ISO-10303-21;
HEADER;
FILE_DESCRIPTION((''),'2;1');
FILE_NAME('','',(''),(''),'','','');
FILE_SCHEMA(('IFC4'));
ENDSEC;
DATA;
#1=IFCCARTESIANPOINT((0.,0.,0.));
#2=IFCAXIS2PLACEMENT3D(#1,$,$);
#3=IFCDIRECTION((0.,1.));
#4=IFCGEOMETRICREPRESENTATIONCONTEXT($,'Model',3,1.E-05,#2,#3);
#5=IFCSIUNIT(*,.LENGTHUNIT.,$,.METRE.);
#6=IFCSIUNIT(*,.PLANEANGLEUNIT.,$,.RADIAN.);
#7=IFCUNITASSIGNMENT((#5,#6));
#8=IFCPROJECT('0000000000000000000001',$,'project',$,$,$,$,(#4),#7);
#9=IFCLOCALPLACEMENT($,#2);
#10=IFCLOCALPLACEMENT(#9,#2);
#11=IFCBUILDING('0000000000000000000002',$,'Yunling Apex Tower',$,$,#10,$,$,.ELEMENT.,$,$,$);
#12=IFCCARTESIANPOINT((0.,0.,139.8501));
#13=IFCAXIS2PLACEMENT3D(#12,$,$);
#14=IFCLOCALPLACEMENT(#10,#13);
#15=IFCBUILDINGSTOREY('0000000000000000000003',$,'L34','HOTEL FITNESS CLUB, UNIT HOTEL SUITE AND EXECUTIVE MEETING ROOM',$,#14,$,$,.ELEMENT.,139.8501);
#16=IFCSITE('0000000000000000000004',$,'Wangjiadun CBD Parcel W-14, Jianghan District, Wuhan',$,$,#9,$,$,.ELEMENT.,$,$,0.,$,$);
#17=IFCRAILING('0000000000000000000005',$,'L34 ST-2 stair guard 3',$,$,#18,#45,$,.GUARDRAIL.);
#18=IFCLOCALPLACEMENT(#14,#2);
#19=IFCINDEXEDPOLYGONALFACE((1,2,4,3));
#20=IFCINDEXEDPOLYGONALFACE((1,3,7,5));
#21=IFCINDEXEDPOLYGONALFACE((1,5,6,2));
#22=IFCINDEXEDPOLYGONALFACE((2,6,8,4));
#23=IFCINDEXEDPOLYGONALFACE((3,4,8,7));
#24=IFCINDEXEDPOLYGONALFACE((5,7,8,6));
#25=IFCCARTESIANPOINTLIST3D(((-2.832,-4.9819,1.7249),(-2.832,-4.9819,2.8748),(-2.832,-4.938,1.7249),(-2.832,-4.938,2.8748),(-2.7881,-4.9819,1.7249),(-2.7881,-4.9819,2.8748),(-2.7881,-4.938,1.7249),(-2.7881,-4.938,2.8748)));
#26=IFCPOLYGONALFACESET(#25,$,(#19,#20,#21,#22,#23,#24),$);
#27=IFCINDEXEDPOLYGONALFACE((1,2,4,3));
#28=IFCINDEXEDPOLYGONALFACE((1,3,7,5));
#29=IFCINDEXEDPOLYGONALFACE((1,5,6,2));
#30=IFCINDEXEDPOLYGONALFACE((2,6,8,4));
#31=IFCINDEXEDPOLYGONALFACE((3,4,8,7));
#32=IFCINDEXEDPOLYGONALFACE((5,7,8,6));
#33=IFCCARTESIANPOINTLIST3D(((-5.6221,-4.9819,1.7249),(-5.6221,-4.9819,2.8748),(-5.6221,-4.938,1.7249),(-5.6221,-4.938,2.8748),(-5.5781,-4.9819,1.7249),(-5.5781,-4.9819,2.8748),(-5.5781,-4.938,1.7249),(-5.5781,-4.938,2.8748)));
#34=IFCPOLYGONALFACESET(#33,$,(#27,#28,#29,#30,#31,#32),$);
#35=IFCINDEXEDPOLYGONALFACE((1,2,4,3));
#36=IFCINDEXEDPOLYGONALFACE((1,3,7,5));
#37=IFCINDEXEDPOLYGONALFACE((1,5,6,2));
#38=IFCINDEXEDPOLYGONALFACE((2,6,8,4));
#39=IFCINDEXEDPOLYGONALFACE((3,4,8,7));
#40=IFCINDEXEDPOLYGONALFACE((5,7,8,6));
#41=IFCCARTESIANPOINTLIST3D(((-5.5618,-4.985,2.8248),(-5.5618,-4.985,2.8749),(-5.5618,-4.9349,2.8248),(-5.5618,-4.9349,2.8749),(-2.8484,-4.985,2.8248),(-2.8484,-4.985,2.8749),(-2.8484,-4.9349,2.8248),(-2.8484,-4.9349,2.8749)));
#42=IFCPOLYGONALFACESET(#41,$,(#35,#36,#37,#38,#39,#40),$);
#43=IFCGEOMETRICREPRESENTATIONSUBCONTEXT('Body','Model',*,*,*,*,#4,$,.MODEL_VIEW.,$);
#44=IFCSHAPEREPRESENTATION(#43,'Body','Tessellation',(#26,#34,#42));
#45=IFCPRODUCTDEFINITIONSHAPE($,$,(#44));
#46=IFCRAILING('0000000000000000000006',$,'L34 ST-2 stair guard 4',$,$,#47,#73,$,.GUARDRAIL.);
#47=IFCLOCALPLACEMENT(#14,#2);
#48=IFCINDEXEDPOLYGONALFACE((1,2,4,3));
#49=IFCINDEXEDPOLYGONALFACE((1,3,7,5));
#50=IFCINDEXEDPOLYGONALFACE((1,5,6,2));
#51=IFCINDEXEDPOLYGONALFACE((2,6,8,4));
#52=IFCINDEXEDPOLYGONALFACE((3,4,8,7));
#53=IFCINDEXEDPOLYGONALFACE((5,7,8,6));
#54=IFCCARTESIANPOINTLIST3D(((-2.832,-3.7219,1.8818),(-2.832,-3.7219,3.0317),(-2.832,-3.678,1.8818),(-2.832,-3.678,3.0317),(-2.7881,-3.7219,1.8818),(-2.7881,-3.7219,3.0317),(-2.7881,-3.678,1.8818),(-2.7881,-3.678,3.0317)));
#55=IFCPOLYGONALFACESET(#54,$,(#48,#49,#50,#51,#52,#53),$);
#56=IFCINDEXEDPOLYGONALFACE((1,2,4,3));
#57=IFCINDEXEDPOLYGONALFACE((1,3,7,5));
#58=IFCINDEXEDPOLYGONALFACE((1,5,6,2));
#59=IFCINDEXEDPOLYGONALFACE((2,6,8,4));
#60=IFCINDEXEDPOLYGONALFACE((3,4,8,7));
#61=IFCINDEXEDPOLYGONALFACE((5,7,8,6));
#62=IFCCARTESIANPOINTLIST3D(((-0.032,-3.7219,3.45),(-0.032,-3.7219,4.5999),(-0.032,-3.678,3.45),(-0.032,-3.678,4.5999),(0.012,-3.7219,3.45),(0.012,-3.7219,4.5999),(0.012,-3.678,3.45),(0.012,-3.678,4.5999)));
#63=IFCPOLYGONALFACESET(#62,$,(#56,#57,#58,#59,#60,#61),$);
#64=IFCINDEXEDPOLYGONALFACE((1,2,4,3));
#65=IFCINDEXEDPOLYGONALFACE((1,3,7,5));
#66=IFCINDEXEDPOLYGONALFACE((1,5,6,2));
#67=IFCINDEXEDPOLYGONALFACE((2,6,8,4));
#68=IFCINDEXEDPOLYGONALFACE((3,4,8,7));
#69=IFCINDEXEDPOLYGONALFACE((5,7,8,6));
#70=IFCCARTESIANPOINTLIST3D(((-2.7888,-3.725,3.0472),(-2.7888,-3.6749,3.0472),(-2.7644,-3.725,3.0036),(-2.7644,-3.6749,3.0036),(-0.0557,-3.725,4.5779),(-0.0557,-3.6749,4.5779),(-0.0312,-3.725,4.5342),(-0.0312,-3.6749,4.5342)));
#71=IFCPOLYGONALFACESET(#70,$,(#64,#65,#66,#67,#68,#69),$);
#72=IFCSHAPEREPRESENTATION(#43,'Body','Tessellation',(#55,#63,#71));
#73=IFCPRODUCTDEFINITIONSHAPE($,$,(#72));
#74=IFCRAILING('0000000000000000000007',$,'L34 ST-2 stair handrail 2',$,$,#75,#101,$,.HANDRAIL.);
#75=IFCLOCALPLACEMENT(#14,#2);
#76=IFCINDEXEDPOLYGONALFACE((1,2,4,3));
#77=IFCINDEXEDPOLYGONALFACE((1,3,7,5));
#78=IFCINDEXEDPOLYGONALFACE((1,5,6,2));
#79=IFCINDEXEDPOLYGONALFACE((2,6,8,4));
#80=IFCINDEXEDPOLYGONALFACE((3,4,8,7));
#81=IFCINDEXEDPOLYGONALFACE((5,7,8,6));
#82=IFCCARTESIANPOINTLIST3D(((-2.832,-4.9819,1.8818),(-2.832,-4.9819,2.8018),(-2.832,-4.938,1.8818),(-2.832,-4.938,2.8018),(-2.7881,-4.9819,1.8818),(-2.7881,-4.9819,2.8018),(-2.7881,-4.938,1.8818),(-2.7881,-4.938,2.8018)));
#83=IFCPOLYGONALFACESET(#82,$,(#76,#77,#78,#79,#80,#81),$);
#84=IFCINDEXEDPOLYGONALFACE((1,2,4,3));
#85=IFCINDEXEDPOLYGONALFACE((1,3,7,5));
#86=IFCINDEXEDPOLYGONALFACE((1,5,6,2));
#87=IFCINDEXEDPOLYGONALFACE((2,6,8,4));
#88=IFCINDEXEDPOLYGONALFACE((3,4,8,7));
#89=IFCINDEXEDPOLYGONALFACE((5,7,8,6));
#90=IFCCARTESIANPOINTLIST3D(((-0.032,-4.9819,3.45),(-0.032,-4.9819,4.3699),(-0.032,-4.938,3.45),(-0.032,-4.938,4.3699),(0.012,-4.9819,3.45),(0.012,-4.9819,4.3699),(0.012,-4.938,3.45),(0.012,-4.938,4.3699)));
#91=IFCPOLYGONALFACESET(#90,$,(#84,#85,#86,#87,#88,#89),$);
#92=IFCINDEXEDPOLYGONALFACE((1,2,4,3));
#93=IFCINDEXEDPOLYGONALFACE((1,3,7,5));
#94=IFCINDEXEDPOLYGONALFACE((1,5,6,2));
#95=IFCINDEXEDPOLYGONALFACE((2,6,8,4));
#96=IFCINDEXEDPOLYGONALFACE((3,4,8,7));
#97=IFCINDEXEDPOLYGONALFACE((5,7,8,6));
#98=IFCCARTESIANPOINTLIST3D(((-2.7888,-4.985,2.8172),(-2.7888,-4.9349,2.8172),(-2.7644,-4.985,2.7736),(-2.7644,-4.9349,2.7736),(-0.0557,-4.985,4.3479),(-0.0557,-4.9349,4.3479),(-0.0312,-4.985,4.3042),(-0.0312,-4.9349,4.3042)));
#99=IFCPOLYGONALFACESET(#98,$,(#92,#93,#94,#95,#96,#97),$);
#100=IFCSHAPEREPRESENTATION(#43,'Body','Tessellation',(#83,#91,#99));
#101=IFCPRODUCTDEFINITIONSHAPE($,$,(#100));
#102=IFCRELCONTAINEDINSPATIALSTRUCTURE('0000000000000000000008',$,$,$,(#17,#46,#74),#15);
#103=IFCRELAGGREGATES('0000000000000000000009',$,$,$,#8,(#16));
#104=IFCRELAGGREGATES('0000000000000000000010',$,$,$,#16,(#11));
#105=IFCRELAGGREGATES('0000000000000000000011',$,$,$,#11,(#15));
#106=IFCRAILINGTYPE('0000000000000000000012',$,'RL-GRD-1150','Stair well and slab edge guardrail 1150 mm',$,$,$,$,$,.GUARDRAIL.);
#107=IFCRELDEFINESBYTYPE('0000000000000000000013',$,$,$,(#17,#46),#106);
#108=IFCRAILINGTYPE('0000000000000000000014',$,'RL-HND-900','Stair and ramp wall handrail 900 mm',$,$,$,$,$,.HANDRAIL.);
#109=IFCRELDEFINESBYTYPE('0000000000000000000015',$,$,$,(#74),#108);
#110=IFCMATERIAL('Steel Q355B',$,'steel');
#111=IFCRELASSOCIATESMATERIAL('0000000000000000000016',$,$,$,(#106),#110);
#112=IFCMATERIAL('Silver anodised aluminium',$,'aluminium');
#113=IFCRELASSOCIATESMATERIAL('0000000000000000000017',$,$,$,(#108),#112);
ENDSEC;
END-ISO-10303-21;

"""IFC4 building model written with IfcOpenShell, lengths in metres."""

from ifc_helpers import new_model, si_unit, direction, frame, origin, origin_2d, place, context, subcontext, project, spatial, rectangle, extrude, material, type_object, element, save


model = new_model("IFC4")

# Units and contexts
model_context = context("Model", 3, precision=1e-05, world=origin(), true_north=direction((0.0, 1.0)))
body_context = subcontext(model_context, "Body", "Model", "MODEL_VIEW")
ifc_project = project(units=[si_unit("LENGTHUNIT", "METRE"), si_unit("PLANEANGLEUNIT", "RADIAN")], contexts=[model_context])

# Site, building, storey
site_placement = place(None, origin())
site = spatial("IfcSite", under=ifc_project, at=site_placement, Name="Wangjiadun CBD Parcel W-14, Jianghan District, Wuhan", CompositionType="ELEMENT", RefElevation=0.0)
building_placement = place(site_placement, origin())
building = spatial("IfcBuilding", under=site, at=building_placement, Name="Yunling Apex Tower", CompositionType="ELEMENT")
storey_placement = place(building_placement, frame((0.0, 0.0, 139.8501)))
storey = spatial("IfcBuildingStorey", under=building, at=storey_placement, Name="L34", Description="HOTEL FITNESS CLUB, UNIT HOTEL SUITE AND EXECUTIVE MEETING ROOM", CompositionType="ELEMENT", Elevation=139.8501)

# Shared definitions
ifc_material_1 = material(Name="Steel Q355B", Category="steel")

# Shared definitions
ifc_material_2 = material(Name="Silver anodised aluminium", Category="aluminium")

# Railings
railing_type_1 = type_object("IfcRailingType", Name="RL-GRD-1150", Description="Stair well and slab edge guardrail 1150 mm", PredefinedType="GUARDRAIL", material=ifc_material_1)
railing_1_placement = place(storey_placement, frame((-2.8101, -4.96, 1.7249)))
element("IfcRailing", 1, at=railing_1_placement, inside=storey, type_object=railing_type_1, Name="L34 ST-2 stair guard 3", PredefinedType="GUARDRAIL", context=body_context, shape_type="SweptSolid", body=[
    extrude(rectangle(XDim=0.0439, YDim=0.0439, at=origin_2d()), origin(), (0.0, 0.0, 1.0), 1.1499),
    extrude(rectangle(XDim=0.0439, YDim=0.0439, at=origin_2d()), frame((-2.79, 0.0, 0.0)), (0.0, 0.0, 1.0), 1.1499),
    extrude(rectangle(XDim=0.05, YDim=0.05, at=origin_2d()), frame((-0.0383, 0.0, 1.125), z_axis=(-1.0, 0.0, 0.0), x_axis=(0.0, -1.0, 0.0)), (0.0, 0.0, 1.0), 2.7134),
])
railing_2_placement = place(storey_placement, frame((-2.8101, -3.7, 1.8818)))
element("IfcRailing", 2, at=railing_2_placement, inside=storey, type_object=railing_type_1, Name="L34 ST-2 stair guard 4", PredefinedType="GUARDRAIL", context=body_context, shape_type="SweptSolid", body=[
    extrude(rectangle(XDim=0.0439, YDim=0.0439, at=origin_2d()), origin(), (0.0, 0.0, 1.0), 1.1499),
    extrude(rectangle(XDim=0.0439, YDim=0.0439, at=origin_2d()), frame((2.8, 0.0, 1.5681)), (0.0, 0.0, 1.0), 1.1499),
    extrude(rectangle(XDim=0.05, YDim=0.05, at=origin_2d()), frame((0.0334, 0.0, 1.1436), z_axis=(0.872494, 0.0, 0.488624), x_axis=(0.0, 1.0, 0.0)), (0.0, 0.0, 1.0), 3.1326),
])
railing_type_2 = type_object("IfcRailingType", Name="RL-HND-900", Description="Stair and ramp wall handrail 900 mm", PredefinedType="HANDRAIL", material=ifc_material_2)
railing_3_placement = place(storey_placement, frame((-2.8101, -4.96, 1.8818)))
element("IfcRailing", 3, at=railing_3_placement, inside=storey, type_object=railing_type_2, Name="L34 ST-2 stair handrail 2", PredefinedType="HANDRAIL", context=body_context, shape_type="SweptSolid", body=[
    extrude(rectangle(XDim=0.0439, YDim=0.0439, at=origin_2d()), origin(), (0.0, 0.0, 1.0), 0.9199),
    extrude(rectangle(XDim=0.0439, YDim=0.0439, at=origin_2d()), frame((2.8, 0.0, 1.5681)), (0.0, 0.0, 1.0), 0.9199),
    extrude(rectangle(XDim=0.05, YDim=0.05, at=origin_2d()), frame((0.0334, 0.0, 0.9136), z_axis=(0.872494, 0.0, 0.488624), x_axis=(0.0, 1.0, 0.0)), (0.0, 0.0, 1.0), 3.1326),
])

save(model, "model.ifc")
